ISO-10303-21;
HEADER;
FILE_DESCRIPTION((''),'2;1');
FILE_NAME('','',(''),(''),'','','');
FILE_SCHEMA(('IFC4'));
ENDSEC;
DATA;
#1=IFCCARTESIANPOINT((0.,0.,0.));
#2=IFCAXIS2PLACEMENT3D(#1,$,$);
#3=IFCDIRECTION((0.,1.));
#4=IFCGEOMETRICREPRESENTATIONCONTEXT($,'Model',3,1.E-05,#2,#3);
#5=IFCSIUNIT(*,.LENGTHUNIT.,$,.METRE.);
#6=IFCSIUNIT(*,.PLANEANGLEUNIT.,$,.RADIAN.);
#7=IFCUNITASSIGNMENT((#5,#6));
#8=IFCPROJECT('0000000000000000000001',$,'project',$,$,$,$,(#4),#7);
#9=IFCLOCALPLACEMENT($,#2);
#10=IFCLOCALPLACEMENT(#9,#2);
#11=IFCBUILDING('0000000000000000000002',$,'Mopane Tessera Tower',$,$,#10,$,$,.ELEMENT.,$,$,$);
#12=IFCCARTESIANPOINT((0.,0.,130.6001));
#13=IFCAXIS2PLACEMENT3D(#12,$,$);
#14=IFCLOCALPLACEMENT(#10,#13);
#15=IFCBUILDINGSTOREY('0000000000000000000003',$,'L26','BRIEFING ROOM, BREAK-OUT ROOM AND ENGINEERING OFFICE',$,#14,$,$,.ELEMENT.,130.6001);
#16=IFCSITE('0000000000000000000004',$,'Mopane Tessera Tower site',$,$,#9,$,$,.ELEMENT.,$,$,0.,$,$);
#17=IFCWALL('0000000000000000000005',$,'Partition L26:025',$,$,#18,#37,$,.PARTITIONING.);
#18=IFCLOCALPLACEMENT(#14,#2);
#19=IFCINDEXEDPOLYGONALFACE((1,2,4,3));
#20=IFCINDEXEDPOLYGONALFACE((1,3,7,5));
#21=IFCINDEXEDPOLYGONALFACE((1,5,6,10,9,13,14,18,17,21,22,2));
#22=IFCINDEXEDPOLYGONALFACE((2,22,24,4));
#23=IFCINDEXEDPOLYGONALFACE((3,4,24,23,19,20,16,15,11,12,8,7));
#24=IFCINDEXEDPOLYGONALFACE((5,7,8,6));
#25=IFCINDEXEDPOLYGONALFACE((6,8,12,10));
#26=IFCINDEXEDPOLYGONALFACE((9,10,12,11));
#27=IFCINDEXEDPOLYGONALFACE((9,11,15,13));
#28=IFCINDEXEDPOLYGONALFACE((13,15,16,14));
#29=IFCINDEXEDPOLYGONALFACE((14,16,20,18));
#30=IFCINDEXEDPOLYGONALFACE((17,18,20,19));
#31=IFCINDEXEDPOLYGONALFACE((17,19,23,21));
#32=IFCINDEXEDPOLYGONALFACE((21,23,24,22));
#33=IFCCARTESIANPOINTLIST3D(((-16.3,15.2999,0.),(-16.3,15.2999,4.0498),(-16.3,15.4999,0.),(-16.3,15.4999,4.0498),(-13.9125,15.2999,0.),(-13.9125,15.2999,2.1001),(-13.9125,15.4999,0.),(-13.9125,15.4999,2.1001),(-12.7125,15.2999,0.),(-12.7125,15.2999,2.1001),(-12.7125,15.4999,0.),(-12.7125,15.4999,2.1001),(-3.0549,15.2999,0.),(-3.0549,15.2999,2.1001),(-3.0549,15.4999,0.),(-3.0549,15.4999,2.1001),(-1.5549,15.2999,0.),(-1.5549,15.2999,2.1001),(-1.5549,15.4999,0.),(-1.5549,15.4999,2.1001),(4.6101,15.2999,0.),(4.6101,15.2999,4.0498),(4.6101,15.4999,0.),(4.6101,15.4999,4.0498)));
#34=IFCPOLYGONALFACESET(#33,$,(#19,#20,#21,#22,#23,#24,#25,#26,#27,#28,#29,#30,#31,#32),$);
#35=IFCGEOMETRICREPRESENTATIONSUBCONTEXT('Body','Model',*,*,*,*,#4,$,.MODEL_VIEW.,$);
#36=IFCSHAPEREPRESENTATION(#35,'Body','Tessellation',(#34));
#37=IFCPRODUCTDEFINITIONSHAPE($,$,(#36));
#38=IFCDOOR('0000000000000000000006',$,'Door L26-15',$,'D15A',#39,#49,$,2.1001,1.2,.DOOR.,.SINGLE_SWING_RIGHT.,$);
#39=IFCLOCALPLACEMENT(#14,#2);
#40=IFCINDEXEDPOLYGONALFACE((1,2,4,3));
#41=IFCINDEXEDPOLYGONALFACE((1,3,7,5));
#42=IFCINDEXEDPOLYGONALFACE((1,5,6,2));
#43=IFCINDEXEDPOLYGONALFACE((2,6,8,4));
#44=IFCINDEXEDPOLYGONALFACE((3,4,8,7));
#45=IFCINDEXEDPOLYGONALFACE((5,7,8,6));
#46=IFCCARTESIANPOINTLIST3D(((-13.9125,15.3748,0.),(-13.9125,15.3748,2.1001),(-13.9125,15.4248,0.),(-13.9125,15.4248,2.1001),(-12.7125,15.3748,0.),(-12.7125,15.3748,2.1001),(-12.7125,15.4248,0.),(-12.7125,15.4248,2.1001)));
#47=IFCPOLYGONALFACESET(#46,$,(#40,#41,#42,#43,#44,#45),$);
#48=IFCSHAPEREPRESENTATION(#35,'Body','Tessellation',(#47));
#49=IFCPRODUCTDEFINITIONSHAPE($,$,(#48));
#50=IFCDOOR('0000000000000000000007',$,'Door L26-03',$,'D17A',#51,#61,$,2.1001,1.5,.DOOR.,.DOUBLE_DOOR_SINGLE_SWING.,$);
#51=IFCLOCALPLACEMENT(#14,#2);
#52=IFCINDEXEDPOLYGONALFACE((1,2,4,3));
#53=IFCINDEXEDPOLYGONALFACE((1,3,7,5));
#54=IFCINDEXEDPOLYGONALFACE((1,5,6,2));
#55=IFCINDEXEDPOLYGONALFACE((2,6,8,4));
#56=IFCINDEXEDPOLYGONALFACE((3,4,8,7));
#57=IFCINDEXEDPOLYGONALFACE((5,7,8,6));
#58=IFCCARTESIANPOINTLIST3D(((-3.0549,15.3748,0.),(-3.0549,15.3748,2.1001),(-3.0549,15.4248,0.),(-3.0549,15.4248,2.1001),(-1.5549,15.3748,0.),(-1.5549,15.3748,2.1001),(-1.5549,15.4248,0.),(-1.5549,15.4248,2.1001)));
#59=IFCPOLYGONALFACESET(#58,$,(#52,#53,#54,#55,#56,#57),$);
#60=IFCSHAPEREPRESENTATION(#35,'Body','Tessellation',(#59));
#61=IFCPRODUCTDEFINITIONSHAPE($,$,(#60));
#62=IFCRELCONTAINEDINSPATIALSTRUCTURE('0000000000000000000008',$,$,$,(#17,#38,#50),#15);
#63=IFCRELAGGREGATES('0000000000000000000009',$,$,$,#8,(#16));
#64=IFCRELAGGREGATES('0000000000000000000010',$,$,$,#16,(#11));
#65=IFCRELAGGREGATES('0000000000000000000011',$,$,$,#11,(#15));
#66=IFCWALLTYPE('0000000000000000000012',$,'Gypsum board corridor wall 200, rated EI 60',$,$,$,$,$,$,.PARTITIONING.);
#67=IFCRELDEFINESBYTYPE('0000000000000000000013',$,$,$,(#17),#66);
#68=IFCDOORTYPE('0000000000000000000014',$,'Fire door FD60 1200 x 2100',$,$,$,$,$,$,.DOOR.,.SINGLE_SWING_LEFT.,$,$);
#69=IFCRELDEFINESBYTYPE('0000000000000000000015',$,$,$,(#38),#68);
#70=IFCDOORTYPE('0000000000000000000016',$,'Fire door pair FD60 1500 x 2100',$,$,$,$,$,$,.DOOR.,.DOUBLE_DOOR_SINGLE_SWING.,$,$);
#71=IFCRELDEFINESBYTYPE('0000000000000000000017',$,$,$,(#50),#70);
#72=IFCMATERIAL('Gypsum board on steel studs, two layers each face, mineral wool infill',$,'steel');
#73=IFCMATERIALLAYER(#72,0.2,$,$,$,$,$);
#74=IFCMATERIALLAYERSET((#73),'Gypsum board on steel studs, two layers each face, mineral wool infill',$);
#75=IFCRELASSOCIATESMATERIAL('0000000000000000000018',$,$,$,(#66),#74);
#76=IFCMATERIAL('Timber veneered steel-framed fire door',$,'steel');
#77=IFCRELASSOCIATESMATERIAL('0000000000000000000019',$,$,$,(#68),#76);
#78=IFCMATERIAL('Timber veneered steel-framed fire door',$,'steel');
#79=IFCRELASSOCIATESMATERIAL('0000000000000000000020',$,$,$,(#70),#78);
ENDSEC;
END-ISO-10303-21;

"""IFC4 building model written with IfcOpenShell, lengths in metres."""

from ifc_helpers import new_model, si_unit, direction, frame, frame_2d, origin, place, context, subcontext, project, spatial, rectangle, extrude, material, layer, layer_set, type_object, element, fill, save


model = new_model("IFC4")

# Units and contexts
model_context = context("Model", 3, precision=1e-05, world=origin(), true_north=direction((0.0, 1.0)))
body_context = subcontext(model_context, "Body", "Model", "MODEL_VIEW")
ifc_project = project(units=[si_unit("LENGTHUNIT", "METRE"), si_unit("PLANEANGLEUNIT", "RADIAN")], contexts=[model_context])

# Site, building, storey
site_placement = place(None, origin())
site = spatial("IfcSite", under=ifc_project, at=site_placement, Name="Mopane Tessera Tower site", CompositionType="ELEMENT", RefElevation=0.0)
building_placement = place(site_placement, origin())
building = spatial("IfcBuilding", under=site, at=building_placement, Name="Mopane Tessera Tower", CompositionType="ELEMENT")
storey_placement = place(building_placement, frame((0.0, 0.0, 130.6001)))
storey = spatial("IfcBuildingStorey", under=building, at=storey_placement, Name="L26", Description="BRIEFING ROOM, BREAK-OUT ROOM AND ENGINEERING OFFICE", CompositionType="ELEMENT", Elevation=130.6001)

# Wall, openings, doors
ifc_material_1 = material(Name="Gypsum board on steel studs, two layers each face, mineral wool infill", Category="steel")
ifc_layer_1 = layer(ifc_material_1, 0.2)
ifc_layer_set_1 = layer_set([ifc_layer_1], Name="Gypsum board on steel studs, two layers each face, mineral wool infill")
wall_type_1 = type_object("IfcWallType", Name="Gypsum board corridor wall 200, rated EI 60", PredefinedType="PARTITIONING", material=ifc_layer_set_1)
wall_1_placement = place(storey_placement, frame((-16.3, 15.3999, 0.0), z_axis=(0.0, 0.0, 1.0), x_axis=(1.0, 0.0, 0.0)))
wall_1 = element("IfcWall", 1, at=wall_1_placement, inside=storey, type_object=wall_type_1, Name="Partition L26:025", PredefinedType="PARTITIONING", context=body_context, shape_type="SweptSolid", body=[
    extrude(rectangle(XDim=20.9102, YDim=0.2, at=frame_2d((10.4551, 0.0))), origin(), (0.0, 0.0, 1.0), 4.0498),
])
opening_1_placement = place(wall_1_placement, frame((13.2451, 0.0, 0.0)))
opening_1 = element("IfcOpeningElement", 2, at=opening_1_placement, cuts=wall_1, PredefinedType="OPENING", context=body_context, shape_type="SweptSolid", body=[
    extrude(rectangle(XDim=1.5, YDim=2.1001, at=frame_2d((0.75, 1.05))), frame((0.0, 0.1121, 0.0), z_axis=(0.0, -1.0, 0.0), x_axis=(1.0, 0.0, 0.0)), (0.0, 0.0, 1.0), 0.2239),
])
opening_2_placement = place(wall_1_placement, frame((2.3875, 0.0, 0.0)))
opening_2 = element("IfcOpeningElement", 3, at=opening_2_placement, cuts=wall_1, PredefinedType="OPENING", context=body_context, shape_type="SweptSolid", body=[
    extrude(rectangle(XDim=1.2, YDim=2.1001, at=frame_2d((0.6001, 1.05))), frame((0.0, 0.1121, 0.0), z_axis=(0.0, -1.0, 0.0), x_axis=(1.0, 0.0, 0.0)), (0.0, 0.0, 1.0), 0.2239),
])
ifc_material_2 = material(Name="Timber veneered steel-framed fire door", Category="steel")
door_type_1 = type_object("IfcDoorType", Name="Fire door FD60 1200 x 2100", OperationType="SINGLE_SWING_LEFT", PredefinedType="DOOR", material=ifc_material_2)
door_1_placement = place(opening_2_placement, origin())
door_1 = element("IfcDoor", 4, at=door_1_placement, inside=storey, type_object=door_type_1, Name="Door L26-15", ObjectType="D15A", OperationType="SINGLE_SWING_RIGHT", OverallHeight=2.1001, OverallWidth=1.2, PredefinedType="DOOR", context=body_context, shape_type="SweptSolid", body=[
    extrude(rectangle(XDim=1.2, YDim=2.1001, at=frame_2d((0.6001, 1.05))), frame((0.0, 0.0249, 0.0), z_axis=(0.0, -1.0, 0.0), x_axis=(1.0, 0.0, 0.0)), (0.0, 0.0, 1.0), 0.05),
])
fill(opening_2, door_1)
ifc_material_3 = material(Name="Timber veneered steel-framed fire door", Category="steel")
door_type_2 = type_object("IfcDoorType", Name="Fire door pair FD60 1500 x 2100", OperationType="DOUBLE_DOOR_SINGLE_SWING", PredefinedType="DOOR", material=ifc_material_3)
door_2_placement = place(opening_1_placement, origin())
door_2 = element("IfcDoor", 5, at=door_2_placement, inside=storey, type_object=door_type_2, Name="Door L26-03", ObjectType="D17A", OperationType="DOUBLE_DOOR_SINGLE_SWING", OverallHeight=2.1001, OverallWidth=1.5, PredefinedType="DOOR", context=body_context, shape_type="SweptSolid", body=[
    extrude(rectangle(XDim=1.5, YDim=2.1001, at=frame_2d((0.75, 1.05))), frame((0.0, 0.0249, 0.0), z_axis=(0.0, -1.0, 0.0), x_axis=(1.0, 0.0, 0.0)), (0.0, 0.0, 1.0), 0.05),
])
fill(opening_1, door_2)

save(model, "model.ifc")
